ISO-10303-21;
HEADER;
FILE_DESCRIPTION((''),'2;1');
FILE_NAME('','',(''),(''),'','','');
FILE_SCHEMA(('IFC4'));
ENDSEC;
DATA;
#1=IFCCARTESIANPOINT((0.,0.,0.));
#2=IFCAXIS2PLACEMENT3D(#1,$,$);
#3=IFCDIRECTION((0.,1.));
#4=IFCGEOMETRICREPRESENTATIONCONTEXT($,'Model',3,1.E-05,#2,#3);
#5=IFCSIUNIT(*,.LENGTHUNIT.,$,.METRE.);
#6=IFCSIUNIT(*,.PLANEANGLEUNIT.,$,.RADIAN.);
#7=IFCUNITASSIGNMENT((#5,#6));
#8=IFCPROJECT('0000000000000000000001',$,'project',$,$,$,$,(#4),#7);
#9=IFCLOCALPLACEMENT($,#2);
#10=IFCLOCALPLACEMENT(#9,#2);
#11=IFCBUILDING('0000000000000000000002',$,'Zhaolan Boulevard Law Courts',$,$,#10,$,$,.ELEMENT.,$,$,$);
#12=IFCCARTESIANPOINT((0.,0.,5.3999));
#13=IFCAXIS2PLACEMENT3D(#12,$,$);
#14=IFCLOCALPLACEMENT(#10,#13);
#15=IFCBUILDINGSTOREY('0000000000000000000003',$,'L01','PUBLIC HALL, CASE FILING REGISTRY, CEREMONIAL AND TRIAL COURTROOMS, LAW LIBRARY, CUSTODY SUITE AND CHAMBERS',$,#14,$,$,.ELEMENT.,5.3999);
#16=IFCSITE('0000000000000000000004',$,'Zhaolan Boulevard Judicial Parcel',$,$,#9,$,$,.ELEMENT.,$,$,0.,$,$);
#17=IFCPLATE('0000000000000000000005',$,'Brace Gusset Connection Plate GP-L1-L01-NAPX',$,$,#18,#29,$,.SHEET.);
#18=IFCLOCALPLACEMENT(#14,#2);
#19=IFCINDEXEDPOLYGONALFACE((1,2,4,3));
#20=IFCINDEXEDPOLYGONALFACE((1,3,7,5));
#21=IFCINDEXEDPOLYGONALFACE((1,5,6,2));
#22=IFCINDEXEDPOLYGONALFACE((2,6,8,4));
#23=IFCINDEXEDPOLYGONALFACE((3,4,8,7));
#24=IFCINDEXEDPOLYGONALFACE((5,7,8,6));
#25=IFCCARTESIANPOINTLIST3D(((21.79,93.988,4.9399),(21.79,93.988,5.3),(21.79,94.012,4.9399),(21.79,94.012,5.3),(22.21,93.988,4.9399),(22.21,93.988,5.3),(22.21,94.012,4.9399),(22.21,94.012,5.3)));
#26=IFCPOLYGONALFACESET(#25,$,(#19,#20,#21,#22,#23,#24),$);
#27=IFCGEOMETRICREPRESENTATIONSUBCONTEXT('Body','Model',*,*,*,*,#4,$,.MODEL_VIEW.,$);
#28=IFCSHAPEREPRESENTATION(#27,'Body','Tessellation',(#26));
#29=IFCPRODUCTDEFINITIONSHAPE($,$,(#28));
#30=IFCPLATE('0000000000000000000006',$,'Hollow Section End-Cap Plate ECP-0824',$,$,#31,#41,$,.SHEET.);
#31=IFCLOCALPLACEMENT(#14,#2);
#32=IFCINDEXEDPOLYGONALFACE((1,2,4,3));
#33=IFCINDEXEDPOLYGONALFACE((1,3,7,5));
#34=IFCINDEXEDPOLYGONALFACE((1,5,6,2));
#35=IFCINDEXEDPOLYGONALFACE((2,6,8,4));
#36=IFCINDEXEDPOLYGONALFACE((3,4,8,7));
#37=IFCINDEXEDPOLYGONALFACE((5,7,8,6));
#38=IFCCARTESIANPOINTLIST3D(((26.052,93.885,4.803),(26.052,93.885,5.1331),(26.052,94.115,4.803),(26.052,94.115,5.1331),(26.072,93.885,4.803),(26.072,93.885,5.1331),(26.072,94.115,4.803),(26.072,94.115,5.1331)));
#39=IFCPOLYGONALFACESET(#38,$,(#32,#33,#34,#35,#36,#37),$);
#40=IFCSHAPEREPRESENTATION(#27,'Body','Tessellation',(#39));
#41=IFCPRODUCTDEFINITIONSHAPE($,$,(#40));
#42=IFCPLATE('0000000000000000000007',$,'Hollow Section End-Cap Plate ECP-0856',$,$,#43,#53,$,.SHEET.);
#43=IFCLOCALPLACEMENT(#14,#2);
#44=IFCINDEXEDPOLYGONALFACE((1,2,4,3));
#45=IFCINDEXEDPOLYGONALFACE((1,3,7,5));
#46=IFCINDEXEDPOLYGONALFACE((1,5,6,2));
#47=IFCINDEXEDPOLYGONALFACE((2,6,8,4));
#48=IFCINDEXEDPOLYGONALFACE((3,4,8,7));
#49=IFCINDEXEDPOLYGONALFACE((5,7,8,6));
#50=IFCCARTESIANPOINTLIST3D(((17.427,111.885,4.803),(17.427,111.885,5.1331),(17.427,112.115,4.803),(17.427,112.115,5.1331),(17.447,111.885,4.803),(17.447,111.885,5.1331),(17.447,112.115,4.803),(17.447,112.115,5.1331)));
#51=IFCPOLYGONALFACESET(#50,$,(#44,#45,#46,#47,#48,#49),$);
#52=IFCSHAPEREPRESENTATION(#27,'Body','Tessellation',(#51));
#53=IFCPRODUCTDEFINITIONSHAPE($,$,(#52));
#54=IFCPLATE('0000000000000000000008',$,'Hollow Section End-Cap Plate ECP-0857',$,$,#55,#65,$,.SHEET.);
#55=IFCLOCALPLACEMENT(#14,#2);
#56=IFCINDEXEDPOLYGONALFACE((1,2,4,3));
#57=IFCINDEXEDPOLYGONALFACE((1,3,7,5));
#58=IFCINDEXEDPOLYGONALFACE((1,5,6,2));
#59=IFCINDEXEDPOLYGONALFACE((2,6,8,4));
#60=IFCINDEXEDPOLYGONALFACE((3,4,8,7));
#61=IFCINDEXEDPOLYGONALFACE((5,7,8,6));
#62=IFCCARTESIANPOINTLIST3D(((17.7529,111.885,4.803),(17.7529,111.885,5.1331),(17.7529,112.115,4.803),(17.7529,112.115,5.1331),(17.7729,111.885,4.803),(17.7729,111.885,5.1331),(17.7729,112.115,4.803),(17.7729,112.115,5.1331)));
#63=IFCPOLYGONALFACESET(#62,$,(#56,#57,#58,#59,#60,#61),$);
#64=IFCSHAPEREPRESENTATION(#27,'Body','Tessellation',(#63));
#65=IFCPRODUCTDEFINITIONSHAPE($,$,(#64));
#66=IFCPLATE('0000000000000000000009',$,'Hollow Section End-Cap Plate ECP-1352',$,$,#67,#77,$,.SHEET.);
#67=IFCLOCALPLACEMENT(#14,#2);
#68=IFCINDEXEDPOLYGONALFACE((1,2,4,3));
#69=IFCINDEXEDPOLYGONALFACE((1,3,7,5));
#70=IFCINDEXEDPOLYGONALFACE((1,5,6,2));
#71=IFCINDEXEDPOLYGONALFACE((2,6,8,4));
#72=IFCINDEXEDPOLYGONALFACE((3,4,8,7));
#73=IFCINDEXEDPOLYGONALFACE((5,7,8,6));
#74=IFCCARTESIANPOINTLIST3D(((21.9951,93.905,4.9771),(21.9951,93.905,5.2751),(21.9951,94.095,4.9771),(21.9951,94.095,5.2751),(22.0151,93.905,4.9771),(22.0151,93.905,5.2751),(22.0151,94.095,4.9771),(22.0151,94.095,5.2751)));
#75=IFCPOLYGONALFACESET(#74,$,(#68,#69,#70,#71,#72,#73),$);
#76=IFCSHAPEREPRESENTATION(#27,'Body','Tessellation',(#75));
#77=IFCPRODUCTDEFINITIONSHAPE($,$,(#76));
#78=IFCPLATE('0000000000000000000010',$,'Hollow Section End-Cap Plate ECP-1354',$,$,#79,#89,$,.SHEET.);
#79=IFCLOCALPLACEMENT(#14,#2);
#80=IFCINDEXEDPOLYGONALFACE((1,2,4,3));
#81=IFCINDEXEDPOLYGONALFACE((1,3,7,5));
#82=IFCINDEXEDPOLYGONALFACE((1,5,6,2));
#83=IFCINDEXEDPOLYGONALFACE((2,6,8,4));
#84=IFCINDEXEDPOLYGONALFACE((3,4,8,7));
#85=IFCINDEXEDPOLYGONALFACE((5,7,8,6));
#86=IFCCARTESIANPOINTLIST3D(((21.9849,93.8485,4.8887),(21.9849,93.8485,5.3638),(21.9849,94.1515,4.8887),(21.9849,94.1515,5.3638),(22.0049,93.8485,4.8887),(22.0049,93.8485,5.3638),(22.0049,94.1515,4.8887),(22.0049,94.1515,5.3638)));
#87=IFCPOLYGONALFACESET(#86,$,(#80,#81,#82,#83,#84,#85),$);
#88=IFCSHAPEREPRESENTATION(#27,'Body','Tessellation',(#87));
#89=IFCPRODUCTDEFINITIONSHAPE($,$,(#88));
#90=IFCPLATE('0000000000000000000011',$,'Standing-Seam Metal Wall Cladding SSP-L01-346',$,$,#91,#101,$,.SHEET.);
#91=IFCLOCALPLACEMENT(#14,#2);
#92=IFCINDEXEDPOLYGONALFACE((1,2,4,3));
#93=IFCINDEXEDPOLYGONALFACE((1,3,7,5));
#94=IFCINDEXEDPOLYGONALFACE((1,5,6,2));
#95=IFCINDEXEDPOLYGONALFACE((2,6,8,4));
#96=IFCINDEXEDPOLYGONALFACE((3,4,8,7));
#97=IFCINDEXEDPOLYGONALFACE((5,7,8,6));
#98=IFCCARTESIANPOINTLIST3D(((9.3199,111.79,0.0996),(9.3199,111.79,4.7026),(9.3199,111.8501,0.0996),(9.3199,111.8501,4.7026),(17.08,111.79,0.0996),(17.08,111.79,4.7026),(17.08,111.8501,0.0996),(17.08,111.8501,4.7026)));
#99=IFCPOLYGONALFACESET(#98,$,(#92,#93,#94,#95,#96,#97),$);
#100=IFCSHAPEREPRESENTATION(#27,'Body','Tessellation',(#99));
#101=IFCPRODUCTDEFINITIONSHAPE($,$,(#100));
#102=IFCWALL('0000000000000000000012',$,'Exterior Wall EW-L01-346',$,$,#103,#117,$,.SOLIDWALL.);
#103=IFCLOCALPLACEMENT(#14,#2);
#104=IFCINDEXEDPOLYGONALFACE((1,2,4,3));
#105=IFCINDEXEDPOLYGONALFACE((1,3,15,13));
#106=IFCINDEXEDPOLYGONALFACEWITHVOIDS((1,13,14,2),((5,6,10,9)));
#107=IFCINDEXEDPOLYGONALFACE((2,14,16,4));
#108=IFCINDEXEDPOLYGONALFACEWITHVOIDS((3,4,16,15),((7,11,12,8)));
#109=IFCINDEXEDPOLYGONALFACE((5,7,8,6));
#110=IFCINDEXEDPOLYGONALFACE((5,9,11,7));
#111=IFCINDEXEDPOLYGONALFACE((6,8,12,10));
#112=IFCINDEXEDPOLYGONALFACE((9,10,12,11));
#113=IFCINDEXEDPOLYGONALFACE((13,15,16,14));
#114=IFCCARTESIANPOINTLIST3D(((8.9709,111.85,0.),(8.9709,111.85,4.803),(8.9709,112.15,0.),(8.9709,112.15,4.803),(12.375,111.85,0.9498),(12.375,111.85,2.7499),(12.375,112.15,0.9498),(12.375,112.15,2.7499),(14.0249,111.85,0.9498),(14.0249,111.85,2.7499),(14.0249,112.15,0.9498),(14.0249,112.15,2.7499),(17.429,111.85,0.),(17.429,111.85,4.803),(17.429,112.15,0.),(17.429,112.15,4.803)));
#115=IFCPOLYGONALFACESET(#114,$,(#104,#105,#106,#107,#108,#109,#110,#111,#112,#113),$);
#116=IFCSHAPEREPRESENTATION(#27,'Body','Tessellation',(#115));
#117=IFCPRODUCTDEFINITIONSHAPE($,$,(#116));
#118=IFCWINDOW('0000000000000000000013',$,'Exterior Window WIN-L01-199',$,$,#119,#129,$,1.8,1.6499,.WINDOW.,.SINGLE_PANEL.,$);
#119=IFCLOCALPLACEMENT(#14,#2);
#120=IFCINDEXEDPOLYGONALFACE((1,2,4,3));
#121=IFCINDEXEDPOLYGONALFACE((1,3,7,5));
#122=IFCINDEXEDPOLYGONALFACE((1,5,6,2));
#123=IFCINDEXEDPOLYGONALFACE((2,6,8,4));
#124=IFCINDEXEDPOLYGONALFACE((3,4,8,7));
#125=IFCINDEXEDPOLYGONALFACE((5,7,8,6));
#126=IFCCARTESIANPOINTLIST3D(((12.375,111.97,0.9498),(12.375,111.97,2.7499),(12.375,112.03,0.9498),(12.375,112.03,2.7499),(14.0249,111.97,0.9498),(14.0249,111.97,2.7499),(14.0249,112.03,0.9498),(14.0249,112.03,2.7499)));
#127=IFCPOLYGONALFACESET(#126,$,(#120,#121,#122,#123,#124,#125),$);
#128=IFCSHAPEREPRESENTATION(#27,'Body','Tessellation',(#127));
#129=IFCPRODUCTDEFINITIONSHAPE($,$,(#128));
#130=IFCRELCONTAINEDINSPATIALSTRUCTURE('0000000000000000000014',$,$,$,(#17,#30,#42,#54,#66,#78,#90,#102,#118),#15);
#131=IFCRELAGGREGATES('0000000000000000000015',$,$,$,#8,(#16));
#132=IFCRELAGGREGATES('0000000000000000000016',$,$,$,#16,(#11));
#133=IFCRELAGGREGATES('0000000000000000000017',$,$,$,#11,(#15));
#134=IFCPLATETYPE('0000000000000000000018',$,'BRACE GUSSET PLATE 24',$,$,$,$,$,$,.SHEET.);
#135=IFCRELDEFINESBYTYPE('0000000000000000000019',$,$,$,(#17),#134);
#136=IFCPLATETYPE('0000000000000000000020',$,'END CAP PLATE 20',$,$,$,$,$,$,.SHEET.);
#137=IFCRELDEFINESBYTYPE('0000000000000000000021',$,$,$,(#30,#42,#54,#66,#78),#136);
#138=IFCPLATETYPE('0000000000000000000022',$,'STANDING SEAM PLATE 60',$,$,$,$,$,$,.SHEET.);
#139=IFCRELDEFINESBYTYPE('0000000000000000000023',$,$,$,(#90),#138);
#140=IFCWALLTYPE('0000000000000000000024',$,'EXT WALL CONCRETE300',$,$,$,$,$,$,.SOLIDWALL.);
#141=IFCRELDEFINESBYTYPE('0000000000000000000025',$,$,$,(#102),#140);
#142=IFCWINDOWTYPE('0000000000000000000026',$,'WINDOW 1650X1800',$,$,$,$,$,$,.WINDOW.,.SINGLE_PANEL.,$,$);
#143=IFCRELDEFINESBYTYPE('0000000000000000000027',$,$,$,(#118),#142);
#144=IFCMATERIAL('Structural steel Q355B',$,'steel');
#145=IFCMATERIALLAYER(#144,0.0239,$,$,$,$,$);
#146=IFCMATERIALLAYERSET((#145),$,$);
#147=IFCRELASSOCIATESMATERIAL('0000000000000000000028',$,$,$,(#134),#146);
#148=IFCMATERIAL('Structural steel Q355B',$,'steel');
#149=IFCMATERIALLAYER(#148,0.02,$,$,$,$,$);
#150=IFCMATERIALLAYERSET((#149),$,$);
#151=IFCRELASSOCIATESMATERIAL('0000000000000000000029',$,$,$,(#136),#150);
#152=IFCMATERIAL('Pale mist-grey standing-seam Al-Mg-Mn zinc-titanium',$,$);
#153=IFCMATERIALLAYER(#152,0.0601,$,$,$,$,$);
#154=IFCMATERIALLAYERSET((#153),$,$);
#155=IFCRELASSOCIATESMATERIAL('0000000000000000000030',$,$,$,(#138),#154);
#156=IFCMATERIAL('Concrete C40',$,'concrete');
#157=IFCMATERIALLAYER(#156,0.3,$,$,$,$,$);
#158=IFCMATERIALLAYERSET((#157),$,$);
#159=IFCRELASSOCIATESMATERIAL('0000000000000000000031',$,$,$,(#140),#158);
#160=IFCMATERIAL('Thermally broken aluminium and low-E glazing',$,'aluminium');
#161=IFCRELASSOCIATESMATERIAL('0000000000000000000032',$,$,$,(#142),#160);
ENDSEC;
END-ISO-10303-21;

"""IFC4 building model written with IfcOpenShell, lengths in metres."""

from ifc_helpers import new_model, si_unit, direction, frame, frame_2d, origin, origin_2d, place, context, subcontext, project, spatial, rectangle, extrude, material, layer, layer_set, type_object, element, fill, save


model = new_model("IFC4")

# Units and contexts
model_context = context("Model", 3, precision=1e-05, world=origin(), true_north=direction((0.0, 1.0)))
body_context = subcontext(model_context, "Body", "Model", "MODEL_VIEW")
ifc_project = project(units=[si_unit("LENGTHUNIT", "METRE"), si_unit("PLANEANGLEUNIT", "RADIAN")], contexts=[model_context])

# Site, building, storey
site_placement = place(None, origin())
site = spatial("IfcSite", under=ifc_project, at=site_placement, Name="Zhaolan Boulevard Judicial Parcel", CompositionType="ELEMENT", RefElevation=0.0)
building_placement = place(site_placement, origin())
building = spatial("IfcBuilding", under=site, at=building_placement, Name="Zhaolan Boulevard Law Courts", CompositionType="ELEMENT")
storey_placement = place(building_placement, frame((0.0, 0.0, 5.3999)))
storey = spatial("IfcBuildingStorey", under=building, at=storey_placement, Name="L01", Description="PUBLIC HALL, CASE FILING REGISTRY, CEREMONIAL AND TRIAL COURTROOMS, LAW LIBRARY, CUSTODY SUITE AND CHAMBERS", CompositionType="ELEMENT", Elevation=5.3999)

# Plates
ifc_material_1 = material(Name="Structural steel Q355B", Category="steel")
ifc_layer_1 = layer(ifc_material_1, 0.0239)
ifc_layer_set_1 = layer_set([ifc_layer_1])
plate_type_1 = type_object("IfcPlateType", Name="BRACE GUSSET PLATE 24", PredefinedType="SHEET", material=ifc_layer_set_1)
plate_1_placement = place(storey_placement, frame((22.0, 94.0, 4.9399), z_axis=(0.0, 0.0, 1.0), x_axis=(1.0, 0.0, 0.0)))
element("IfcPlate", 1, at=plate_1_placement, inside=storey, type_object=plate_type_1, Name="Brace Gusset Connection Plate GP-L1-L01-NAPX", PredefinedType="SHEET", context=body_context, shape_type="SweptSolid", body=[
    extrude(rectangle(XDim=0.4199, YDim=0.0239, at=origin_2d()), origin(), (0.0, 0.0, 1.0), 0.3601),
])
ifc_material_2 = material(Name="Structural steel Q355B", Category="steel")
ifc_layer_2 = layer(ifc_material_2, 0.02)
ifc_layer_set_2 = layer_set([ifc_layer_2])
plate_type_2 = type_object("IfcPlateType", Name="END CAP PLATE 20", PredefinedType="SHEET", material=ifc_layer_set_2)
for number, where, z_axis, x_axis, name in (
    (2, (26.062, 94.0, 4.803), (0.0, 0.0, 1.0), (1.0, 0.0, 0.0), "Hollow Section End-Cap Plate ECP-0824"),
    (3, (17.437, 112.0, 4.803), (0.0, 0.0, 1.0), (1.0, 0.0, 0.0), "Hollow Section End-Cap Plate ECP-0856"),
    (4, (17.7629, 112.0, 4.803), (0.0, 0.0, 1.0), (1.0, 0.0, 0.0), "Hollow Section End-Cap Plate ECP-0857"),
):
    element("IfcPlate", number, at=place(storey_placement, frame(where, z_axis=z_axis, x_axis=x_axis)), inside=storey, type_object=plate_type_2, Name=name, PredefinedType="SHEET", context=body_context, shape_type="SweptSolid", body=[
        extrude(rectangle(XDim=0.02, YDim=0.23, at=origin_2d()), origin(), (0.0, 0.0, 1.0), 0.3301),
    ])
plate_2_placement = place(storey_placement, frame((22.0051, 94.0, 4.9771), z_axis=(0.0, 0.0, 1.0), x_axis=(1.0, 0.0, 0.0)))
element("IfcPlate", 5, at=plate_2_placement, inside=storey, type_object=plate_type_2, Name="Hollow Section End-Cap Plate ECP-1352", PredefinedType="SHEET", context=body_context, shape_type="SweptSolid", body=[
    extrude(rectangle(XDim=0.02, YDim=0.1899, at=origin_2d()), origin(), (0.0, 0.0, 1.0), 0.2981),
])
plate_3_placement = place(storey_placement, frame((21.9949, 94.0, 4.8887), z_axis=(0.0, 0.0, 1.0), x_axis=(-1.0, 0.0, 0.0)))
element("IfcPlate", 6, at=plate_3_placement, inside=storey, type_object=plate_type_2, Name="Hollow Section End-Cap Plate ECP-1354", PredefinedType="SHEET", context=body_context, shape_type="SweptSolid", body=[
    extrude(rectangle(XDim=0.02, YDim=0.303, at=origin_2d()), origin(), (0.0, 0.0, 1.0), 0.4751),
])
ifc_material_3 = material(Name="Pale mist-grey standing-seam Al-Mg-Mn zinc-titanium")
ifc_layer_3 = layer(ifc_material_3, 0.0601)
ifc_layer_set_3 = layer_set([ifc_layer_3])
plate_type_3 = type_object("IfcPlateType", Name="STANDING SEAM PLATE 60", PredefinedType="SHEET", material=ifc_layer_set_3)
plate_4_placement = place(storey_placement, frame((13.2, 111.8201, 0.0996), z_axis=(0.0, 0.0, 1.0), x_axis=(-1.0, 0.0, 0.0)))
element("IfcPlate", 7, at=plate_4_placement, inside=storey, type_object=plate_type_3, Name="Standing-Seam Metal Wall Cladding SSP-L01-346", PredefinedType="SHEET", context=body_context, shape_type="SweptSolid", body=[
    extrude(rectangle(XDim=7.76, YDim=0.0601, at=origin_2d()), origin(), (0.0, 0.0, 1.0), 4.603),
])

# Wall, opening, window
ifc_material_4 = material(Name="Concrete C40", Category="concrete")
ifc_layer_4 = layer(ifc_material_4, 0.3)
ifc_layer_set_4 = layer_set([ifc_layer_4])
wall_type = type_object("IfcWallType", Name="EXT WALL CONCRETE300", PredefinedType="SOLIDWALL", material=ifc_layer_set_4)
wall_placement = place(storey_placement, frame((17.429, 112.0, 0.0), z_axis=(0.0, 0.0, 1.0), x_axis=(-1.0, 0.0, 0.0)))
wall = element("IfcWall", 8, at=wall_placement, inside=storey, type_object=wall_type, Name="Exterior Wall EW-L01-346", PredefinedType="SOLIDWALL", context=body_context, shape_type="SweptSolid", body=[
    extrude(rectangle(XDim=8.458, YDim=0.3, at=frame_2d((4.229, 0.0))), origin(), (0.0, 0.0, 1.0), 4.803),
])
opening_placement = place(wall_placement, frame((3.4041, 0.0, 0.95)))
opening = element("IfcOpeningElement", 9, at=opening_placement, cuts=wall, PredefinedType="OPENING", context=body_context, shape_type="SweptSolid", body=[
    extrude(rectangle(XDim=1.6499, YDim=1.8, at=frame_2d((0.825, 0.8999))), frame((0.0, 0.1599, 0.0), z_axis=(0.0, -1.0, 0.0), x_axis=(1.0, 0.0, 0.0)), (0.0, 0.0, 1.0), 0.3201),
])
ifc_material_5 = material(Name="Thermally broken aluminium and low-E glazing", Category="aluminium")
window_type = type_object("IfcWindowType", Name="WINDOW 1650X1800", PartitioningType="SINGLE_PANEL", PredefinedType="WINDOW", material=ifc_material_5)
window_placement = place(opening_placement, origin())
window = element("IfcWindow", 10, at=window_placement, inside=storey, type_object=window_type, Name="Exterior Window WIN-L01-199", OverallHeight=1.8, OverallWidth=1.6499, PartitioningType="SINGLE_PANEL", PredefinedType="WINDOW", context=body_context, shape_type="SweptSolid", body=[
    extrude(rectangle(XDim=1.6499, YDim=1.8, at=frame_2d((0.825, 0.8999))), frame((0.0, 0.03, 0.0), z_axis=(0.0, -1.0, 0.0), x_axis=(1.0, 0.0, 0.0)), (0.0, 0.0, 1.0), 0.0601),
])
fill(opening, window)

save(model, "model.ifc")
